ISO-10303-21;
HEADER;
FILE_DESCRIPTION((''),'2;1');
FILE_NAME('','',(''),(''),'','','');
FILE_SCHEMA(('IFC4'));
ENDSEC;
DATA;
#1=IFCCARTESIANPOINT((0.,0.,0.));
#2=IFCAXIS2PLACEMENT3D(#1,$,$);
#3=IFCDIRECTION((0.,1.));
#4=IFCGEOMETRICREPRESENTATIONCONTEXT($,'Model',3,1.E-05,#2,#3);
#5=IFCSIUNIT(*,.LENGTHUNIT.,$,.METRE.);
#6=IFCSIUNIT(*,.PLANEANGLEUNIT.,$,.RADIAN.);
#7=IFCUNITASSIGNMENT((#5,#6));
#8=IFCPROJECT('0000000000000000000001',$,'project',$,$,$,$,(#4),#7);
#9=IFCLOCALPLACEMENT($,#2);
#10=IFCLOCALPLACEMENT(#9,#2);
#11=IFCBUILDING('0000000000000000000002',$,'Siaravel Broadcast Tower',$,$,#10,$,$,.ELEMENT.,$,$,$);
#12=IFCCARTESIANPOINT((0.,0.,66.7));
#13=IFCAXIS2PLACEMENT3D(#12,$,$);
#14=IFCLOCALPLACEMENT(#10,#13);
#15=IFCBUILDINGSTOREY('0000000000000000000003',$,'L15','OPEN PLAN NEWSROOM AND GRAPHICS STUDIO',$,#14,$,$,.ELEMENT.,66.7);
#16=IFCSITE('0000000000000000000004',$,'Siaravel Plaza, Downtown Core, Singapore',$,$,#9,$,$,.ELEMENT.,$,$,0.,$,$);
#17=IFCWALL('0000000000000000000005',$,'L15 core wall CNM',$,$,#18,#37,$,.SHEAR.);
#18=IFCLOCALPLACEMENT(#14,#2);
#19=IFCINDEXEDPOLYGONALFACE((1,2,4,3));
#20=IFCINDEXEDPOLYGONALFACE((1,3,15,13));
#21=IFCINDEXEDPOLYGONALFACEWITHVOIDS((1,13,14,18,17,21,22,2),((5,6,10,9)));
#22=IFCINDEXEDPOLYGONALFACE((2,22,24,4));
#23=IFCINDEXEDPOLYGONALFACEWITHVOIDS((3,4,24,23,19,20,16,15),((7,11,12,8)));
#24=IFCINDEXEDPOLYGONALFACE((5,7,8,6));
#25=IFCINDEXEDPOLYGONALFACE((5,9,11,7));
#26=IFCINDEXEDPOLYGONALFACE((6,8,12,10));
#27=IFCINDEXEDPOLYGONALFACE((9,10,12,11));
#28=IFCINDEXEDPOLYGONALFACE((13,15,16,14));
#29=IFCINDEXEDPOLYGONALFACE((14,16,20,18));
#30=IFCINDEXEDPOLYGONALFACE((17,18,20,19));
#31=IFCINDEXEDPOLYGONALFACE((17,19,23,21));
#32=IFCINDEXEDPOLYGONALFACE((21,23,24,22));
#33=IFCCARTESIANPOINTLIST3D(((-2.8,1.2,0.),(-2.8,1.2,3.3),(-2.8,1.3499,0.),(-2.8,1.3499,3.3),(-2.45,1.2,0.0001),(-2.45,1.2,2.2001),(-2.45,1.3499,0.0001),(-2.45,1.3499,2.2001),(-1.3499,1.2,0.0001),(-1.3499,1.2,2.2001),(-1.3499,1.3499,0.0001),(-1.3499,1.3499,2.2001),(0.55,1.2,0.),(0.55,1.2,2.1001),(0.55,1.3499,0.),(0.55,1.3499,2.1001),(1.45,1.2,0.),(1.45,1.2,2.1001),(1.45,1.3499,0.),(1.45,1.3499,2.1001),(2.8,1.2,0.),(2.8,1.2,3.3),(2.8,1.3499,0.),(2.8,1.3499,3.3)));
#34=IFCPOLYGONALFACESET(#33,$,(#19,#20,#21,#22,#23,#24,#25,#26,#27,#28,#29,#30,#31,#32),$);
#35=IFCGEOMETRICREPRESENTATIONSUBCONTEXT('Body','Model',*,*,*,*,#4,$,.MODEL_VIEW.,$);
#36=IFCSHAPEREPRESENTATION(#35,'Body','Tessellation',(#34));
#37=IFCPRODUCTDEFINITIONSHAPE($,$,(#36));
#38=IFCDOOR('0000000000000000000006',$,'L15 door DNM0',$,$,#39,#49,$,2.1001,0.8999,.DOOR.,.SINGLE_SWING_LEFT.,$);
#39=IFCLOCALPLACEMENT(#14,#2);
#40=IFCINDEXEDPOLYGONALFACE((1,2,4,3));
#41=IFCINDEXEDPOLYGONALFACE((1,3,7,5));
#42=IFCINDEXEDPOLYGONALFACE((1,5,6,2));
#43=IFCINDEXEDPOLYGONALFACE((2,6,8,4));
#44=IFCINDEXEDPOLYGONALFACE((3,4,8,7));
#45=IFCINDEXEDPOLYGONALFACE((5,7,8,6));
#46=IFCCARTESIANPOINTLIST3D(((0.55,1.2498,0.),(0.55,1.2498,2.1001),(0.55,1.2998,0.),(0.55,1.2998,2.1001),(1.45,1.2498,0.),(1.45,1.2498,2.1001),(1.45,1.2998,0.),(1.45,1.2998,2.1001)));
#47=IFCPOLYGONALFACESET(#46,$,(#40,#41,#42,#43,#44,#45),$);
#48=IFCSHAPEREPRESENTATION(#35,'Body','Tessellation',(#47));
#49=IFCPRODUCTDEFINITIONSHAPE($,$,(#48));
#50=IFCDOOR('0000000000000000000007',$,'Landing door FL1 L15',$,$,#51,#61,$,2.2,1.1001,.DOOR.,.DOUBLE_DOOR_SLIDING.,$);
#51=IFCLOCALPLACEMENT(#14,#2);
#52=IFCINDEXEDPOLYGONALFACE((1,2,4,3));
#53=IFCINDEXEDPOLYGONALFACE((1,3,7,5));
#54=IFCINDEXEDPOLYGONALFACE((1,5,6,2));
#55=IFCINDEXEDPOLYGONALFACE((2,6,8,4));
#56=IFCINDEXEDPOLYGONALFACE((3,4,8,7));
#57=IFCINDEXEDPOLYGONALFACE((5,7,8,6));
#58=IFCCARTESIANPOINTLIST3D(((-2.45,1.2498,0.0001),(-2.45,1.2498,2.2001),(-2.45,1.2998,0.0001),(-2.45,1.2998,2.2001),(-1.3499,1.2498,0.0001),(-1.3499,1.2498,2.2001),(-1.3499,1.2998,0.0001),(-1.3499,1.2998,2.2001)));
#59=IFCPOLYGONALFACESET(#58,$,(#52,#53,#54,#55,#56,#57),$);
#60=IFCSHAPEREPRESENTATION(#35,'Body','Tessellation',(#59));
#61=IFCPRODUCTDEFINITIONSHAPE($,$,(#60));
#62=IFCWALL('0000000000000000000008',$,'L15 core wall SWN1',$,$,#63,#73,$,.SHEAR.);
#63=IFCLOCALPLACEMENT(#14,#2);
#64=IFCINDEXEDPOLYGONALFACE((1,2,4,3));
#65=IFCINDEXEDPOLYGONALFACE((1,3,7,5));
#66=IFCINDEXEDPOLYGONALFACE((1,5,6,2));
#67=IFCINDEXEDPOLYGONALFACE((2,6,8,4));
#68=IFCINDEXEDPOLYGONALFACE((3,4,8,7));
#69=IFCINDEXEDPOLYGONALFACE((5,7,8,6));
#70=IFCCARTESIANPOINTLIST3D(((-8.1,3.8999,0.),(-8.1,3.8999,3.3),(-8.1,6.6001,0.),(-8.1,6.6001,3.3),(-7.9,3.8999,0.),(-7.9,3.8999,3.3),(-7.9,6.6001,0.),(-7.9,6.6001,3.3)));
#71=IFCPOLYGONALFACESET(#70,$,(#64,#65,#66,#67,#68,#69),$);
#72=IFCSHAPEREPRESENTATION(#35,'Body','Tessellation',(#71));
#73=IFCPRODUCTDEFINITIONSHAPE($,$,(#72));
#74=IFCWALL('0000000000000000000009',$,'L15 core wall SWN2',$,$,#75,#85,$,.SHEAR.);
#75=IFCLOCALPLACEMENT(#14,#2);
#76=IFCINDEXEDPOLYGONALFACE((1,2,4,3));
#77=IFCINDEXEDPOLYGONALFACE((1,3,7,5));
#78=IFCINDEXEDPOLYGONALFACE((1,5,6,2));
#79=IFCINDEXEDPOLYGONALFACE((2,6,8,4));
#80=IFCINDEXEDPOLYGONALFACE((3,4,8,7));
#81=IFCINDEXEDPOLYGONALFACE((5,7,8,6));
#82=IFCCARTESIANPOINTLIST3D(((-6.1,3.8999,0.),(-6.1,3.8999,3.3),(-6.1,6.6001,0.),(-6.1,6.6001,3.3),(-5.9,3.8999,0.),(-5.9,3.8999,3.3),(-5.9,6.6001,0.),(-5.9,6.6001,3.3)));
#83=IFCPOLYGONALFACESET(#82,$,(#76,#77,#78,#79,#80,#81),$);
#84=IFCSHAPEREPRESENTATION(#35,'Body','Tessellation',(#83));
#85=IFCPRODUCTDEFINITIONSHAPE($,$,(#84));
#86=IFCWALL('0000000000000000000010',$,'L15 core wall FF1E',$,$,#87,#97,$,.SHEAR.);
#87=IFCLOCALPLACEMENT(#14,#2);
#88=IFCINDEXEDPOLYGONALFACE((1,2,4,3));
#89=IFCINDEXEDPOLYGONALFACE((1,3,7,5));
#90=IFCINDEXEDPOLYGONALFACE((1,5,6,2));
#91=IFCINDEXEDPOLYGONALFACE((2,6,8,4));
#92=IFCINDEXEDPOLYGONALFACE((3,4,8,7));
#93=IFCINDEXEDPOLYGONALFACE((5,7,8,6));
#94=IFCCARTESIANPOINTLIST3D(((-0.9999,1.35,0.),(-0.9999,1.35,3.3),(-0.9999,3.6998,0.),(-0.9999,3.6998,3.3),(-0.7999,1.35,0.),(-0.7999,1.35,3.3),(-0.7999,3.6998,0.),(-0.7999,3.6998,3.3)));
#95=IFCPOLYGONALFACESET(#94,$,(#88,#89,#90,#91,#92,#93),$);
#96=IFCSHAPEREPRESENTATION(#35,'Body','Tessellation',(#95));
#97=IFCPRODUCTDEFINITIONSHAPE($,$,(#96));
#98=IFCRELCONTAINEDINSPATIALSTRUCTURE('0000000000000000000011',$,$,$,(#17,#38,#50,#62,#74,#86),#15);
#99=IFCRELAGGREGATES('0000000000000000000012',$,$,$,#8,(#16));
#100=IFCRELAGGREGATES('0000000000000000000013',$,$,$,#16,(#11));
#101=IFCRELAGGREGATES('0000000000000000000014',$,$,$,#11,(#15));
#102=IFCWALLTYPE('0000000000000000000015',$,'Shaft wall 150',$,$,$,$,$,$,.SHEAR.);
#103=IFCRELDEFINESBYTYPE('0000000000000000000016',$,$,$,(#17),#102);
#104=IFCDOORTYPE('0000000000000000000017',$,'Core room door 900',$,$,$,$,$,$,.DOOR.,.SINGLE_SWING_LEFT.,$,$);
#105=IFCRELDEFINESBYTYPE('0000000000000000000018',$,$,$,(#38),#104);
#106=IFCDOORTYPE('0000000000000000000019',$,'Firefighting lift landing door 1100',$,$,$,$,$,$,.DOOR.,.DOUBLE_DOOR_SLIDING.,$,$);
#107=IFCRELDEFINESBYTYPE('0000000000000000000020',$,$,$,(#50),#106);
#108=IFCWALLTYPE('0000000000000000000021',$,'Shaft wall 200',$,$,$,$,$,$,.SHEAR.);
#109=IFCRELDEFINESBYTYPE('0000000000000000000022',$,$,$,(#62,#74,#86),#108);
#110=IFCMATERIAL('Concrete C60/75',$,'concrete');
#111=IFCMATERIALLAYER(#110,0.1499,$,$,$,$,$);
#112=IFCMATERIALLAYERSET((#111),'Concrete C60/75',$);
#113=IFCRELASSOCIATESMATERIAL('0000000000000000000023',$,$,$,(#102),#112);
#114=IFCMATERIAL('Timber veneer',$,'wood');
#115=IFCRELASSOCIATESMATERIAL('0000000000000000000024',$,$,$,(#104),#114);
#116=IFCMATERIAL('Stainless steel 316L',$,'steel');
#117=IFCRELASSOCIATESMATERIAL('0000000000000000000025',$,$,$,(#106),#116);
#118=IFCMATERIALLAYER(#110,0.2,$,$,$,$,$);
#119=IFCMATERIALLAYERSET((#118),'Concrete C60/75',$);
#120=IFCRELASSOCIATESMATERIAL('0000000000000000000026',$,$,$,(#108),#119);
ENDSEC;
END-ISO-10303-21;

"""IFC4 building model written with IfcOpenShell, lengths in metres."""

from ifc_helpers import new_model, si_unit, direction, frame, frame_2d, origin, place, context, subcontext, project, spatial, rectangle, extrude, material, layer, layer_set, type_object, element, fill, save


model = new_model("IFC4")

# Units and contexts
model_context = context("Model", 3, precision=1e-05, world=origin(), true_north=direction((0.0, 1.0)))
body_context = subcontext(model_context, "Body", "Model", "MODEL_VIEW")
ifc_project = project(units=[si_unit("LENGTHUNIT", "METRE"), si_unit("PLANEANGLEUNIT", "RADIAN")], contexts=[model_context])

# Site, building, storey
site_placement = place(None, origin())
site = spatial("IfcSite", under=ifc_project, at=site_placement, Name="Siaravel Plaza, Downtown Core, Singapore", CompositionType="ELEMENT", RefElevation=0.0)
building_placement = place(site_placement, origin())
building = spatial("IfcBuilding", under=site, at=building_placement, Name="Siaravel Broadcast Tower", CompositionType="ELEMENT")
storey_placement = place(building_placement, frame((0.0, 0.0, 66.7)))
storey = spatial("IfcBuildingStorey", under=building, at=storey_placement, Name="L15", Description="OPEN PLAN NEWSROOM AND GRAPHICS STUDIO", CompositionType="ELEMENT", Elevation=66.7)

# Wall, openings, doors
ifc_material_1 = material(Name="Concrete C60/75", Category="concrete")
ifc_layer_1 = layer(ifc_material_1, 0.1499)
ifc_layer_set_1 = layer_set([ifc_layer_1], Name="Concrete C60/75")
wall_type_1 = type_object("IfcWallType", Name="Shaft wall 150", PredefinedType="SHEAR", material=ifc_layer_set_1)
ifc_material_2 = material(Name="Timber veneer", Category="wood")
door_type_1 = type_object("IfcDoorType", Name="Core room door 900", OperationType="SINGLE_SWING_LEFT", PredefinedType="DOOR", material=ifc_material_2)
ifc_material_3 = material(Name="Stainless steel 316L", Category="steel")
door_type_2 = type_object("IfcDoorType", Name="Firefighting lift landing door 1100", OperationType="DOUBLE_DOOR_SLIDING", PredefinedType="DOOR", material=ifc_material_3)
wall_1_placement = place(storey_placement, frame((-2.8, 1.2749, 0.0), z_axis=(0.0, 0.0, 1.0), x_axis=(1.0, 0.0, 0.0)))
wall_1 = element("IfcWall", 1, at=wall_1_placement, inside=storey, type_object=wall_type_1, Name="L15 core wall CNM", PredefinedType="SHEAR", context=body_context, shape_type="SweptSolid", body=[
    extrude(rectangle(XDim=5.6001, YDim=0.1499, at=frame_2d((2.8, 0.0))), origin(), (0.0, 0.0, 1.0), 3.3),
])
opening_1_placement = place(wall_1_placement, frame((0.3501, 0.0, 0.0)))
opening_1 = element("IfcOpeningElement", 2, at=opening_1_placement, cuts=wall_1, PredefinedType="OPENING", context=body_context, shape_type="SweptSolid", body=[
    extrude(rectangle(XDim=1.1001, YDim=2.2, at=frame_2d((0.55, 1.1001))), frame((0.0, 0.085, 0.0), z_axis=(0.0, -1.0, 0.0), x_axis=(1.0, 0.0, 0.0)), (0.0, 0.0, 1.0), 0.1699),
])
opening_2_placement = place(wall_1_placement, frame((3.3501, 0.0, 0.0)))
opening_2 = element("IfcOpeningElement", 3, at=opening_2_placement, cuts=wall_1, PredefinedType="OPENING", context=body_context, shape_type="SweptSolid", body=[
    extrude(rectangle(XDim=0.8999, YDim=2.1001, at=frame_2d((0.45, 1.05))), frame((0.0, 0.085, 0.0), z_axis=(0.0, -1.0, 0.0), x_axis=(1.0, 0.0, 0.0)), (0.0, 0.0, 1.0), 0.1699),
])
door_1_placement = place(opening_2_placement, origin())
door_1 = element("IfcDoor", 4, at=door_1_placement, inside=storey, type_object=door_type_1, Name="L15 door DNM0", OperationType="SINGLE_SWING_LEFT", OverallHeight=2.1001, OverallWidth=0.8999, PredefinedType="DOOR", context=body_context, shape_type="SweptSolid", body=[
    extrude(rectangle(XDim=0.8999, YDim=2.1001, at=frame_2d((0.45, 1.05))), frame((0.0, 0.0249, 0.0), z_axis=(0.0, -1.0, 0.0), x_axis=(1.0, 0.0, 0.0)), (0.0, 0.0, 1.0), 0.05),
])
fill(opening_2, door_1)
door_2_placement = place(opening_1_placement, origin())
door_2 = element("IfcDoor", 5, at=door_2_placement, inside=storey, type_object=door_type_2, Name="Landing door FL1 L15", OperationType="DOUBLE_DOOR_SLIDING", OverallHeight=2.2, OverallWidth=1.1001, PredefinedType="DOOR", context=body_context, shape_type="SweptSolid", body=[
    extrude(rectangle(XDim=1.1001, YDim=2.2, at=frame_2d((0.55, 1.1001))), frame((0.0, 0.0249, 0.0), z_axis=(0.0, -1.0, 0.0), x_axis=(1.0, 0.0, 0.0)), (0.0, 0.0, 1.0), 0.05),
])
fill(opening_1, door_2)

# Walls
ifc_layer_2 = layer(ifc_material_1, 0.2)
ifc_layer_set_2 = layer_set([ifc_layer_2], Name="Concrete C60/75")
wall_type_2 = type_object("IfcWallType", Name="Shaft wall 200", PredefinedType="SHEAR", material=ifc_layer_set_2)
for number, where, z_axis, x_axis, name in (
    (6, (-8.0, 3.8999, 0.0), (0.0, 0.0, 1.0), (0.0, 1.0, 0.0), "L15 core wall SWN1"),
    (7, (-6.0, 3.8999, 0.0), (0.0, 0.0, 1.0), (0.0, 1.0, 0.0), "L15 core wall SWN2"),
):
    element("IfcWall", number, at=place(storey_placement, frame(where, z_axis=z_axis, x_axis=x_axis)), inside=storey, type_object=wall_type_2, Name=name, PredefinedType="SHEAR", context=body_context, shape_type="SweptSolid", body=[
        extrude(rectangle(XDim=2.7002, YDim=0.2, at=frame_2d((1.3501, 0.0))), origin(), (0.0, 0.0, 1.0), 3.3),
    ])
wall_2_placement = place(storey_placement, frame((-0.8999, 1.3501, 0.0), z_axis=(0.0, 0.0, 1.0), x_axis=(0.0, 1.0, 0.0)))
element("IfcWall", 8, at=wall_2_placement, inside=storey, type_object=wall_type_2, Name="L15 core wall FF1E", PredefinedType="SHEAR", context=body_context, shape_type="SweptSolid", body=[
    extrude(rectangle(XDim=2.3499, YDim=0.2, at=frame_2d((1.1748, 0.0))), origin(), (0.0, 0.0, 1.0), 3.3),
])

save(model, "model.ifc")
